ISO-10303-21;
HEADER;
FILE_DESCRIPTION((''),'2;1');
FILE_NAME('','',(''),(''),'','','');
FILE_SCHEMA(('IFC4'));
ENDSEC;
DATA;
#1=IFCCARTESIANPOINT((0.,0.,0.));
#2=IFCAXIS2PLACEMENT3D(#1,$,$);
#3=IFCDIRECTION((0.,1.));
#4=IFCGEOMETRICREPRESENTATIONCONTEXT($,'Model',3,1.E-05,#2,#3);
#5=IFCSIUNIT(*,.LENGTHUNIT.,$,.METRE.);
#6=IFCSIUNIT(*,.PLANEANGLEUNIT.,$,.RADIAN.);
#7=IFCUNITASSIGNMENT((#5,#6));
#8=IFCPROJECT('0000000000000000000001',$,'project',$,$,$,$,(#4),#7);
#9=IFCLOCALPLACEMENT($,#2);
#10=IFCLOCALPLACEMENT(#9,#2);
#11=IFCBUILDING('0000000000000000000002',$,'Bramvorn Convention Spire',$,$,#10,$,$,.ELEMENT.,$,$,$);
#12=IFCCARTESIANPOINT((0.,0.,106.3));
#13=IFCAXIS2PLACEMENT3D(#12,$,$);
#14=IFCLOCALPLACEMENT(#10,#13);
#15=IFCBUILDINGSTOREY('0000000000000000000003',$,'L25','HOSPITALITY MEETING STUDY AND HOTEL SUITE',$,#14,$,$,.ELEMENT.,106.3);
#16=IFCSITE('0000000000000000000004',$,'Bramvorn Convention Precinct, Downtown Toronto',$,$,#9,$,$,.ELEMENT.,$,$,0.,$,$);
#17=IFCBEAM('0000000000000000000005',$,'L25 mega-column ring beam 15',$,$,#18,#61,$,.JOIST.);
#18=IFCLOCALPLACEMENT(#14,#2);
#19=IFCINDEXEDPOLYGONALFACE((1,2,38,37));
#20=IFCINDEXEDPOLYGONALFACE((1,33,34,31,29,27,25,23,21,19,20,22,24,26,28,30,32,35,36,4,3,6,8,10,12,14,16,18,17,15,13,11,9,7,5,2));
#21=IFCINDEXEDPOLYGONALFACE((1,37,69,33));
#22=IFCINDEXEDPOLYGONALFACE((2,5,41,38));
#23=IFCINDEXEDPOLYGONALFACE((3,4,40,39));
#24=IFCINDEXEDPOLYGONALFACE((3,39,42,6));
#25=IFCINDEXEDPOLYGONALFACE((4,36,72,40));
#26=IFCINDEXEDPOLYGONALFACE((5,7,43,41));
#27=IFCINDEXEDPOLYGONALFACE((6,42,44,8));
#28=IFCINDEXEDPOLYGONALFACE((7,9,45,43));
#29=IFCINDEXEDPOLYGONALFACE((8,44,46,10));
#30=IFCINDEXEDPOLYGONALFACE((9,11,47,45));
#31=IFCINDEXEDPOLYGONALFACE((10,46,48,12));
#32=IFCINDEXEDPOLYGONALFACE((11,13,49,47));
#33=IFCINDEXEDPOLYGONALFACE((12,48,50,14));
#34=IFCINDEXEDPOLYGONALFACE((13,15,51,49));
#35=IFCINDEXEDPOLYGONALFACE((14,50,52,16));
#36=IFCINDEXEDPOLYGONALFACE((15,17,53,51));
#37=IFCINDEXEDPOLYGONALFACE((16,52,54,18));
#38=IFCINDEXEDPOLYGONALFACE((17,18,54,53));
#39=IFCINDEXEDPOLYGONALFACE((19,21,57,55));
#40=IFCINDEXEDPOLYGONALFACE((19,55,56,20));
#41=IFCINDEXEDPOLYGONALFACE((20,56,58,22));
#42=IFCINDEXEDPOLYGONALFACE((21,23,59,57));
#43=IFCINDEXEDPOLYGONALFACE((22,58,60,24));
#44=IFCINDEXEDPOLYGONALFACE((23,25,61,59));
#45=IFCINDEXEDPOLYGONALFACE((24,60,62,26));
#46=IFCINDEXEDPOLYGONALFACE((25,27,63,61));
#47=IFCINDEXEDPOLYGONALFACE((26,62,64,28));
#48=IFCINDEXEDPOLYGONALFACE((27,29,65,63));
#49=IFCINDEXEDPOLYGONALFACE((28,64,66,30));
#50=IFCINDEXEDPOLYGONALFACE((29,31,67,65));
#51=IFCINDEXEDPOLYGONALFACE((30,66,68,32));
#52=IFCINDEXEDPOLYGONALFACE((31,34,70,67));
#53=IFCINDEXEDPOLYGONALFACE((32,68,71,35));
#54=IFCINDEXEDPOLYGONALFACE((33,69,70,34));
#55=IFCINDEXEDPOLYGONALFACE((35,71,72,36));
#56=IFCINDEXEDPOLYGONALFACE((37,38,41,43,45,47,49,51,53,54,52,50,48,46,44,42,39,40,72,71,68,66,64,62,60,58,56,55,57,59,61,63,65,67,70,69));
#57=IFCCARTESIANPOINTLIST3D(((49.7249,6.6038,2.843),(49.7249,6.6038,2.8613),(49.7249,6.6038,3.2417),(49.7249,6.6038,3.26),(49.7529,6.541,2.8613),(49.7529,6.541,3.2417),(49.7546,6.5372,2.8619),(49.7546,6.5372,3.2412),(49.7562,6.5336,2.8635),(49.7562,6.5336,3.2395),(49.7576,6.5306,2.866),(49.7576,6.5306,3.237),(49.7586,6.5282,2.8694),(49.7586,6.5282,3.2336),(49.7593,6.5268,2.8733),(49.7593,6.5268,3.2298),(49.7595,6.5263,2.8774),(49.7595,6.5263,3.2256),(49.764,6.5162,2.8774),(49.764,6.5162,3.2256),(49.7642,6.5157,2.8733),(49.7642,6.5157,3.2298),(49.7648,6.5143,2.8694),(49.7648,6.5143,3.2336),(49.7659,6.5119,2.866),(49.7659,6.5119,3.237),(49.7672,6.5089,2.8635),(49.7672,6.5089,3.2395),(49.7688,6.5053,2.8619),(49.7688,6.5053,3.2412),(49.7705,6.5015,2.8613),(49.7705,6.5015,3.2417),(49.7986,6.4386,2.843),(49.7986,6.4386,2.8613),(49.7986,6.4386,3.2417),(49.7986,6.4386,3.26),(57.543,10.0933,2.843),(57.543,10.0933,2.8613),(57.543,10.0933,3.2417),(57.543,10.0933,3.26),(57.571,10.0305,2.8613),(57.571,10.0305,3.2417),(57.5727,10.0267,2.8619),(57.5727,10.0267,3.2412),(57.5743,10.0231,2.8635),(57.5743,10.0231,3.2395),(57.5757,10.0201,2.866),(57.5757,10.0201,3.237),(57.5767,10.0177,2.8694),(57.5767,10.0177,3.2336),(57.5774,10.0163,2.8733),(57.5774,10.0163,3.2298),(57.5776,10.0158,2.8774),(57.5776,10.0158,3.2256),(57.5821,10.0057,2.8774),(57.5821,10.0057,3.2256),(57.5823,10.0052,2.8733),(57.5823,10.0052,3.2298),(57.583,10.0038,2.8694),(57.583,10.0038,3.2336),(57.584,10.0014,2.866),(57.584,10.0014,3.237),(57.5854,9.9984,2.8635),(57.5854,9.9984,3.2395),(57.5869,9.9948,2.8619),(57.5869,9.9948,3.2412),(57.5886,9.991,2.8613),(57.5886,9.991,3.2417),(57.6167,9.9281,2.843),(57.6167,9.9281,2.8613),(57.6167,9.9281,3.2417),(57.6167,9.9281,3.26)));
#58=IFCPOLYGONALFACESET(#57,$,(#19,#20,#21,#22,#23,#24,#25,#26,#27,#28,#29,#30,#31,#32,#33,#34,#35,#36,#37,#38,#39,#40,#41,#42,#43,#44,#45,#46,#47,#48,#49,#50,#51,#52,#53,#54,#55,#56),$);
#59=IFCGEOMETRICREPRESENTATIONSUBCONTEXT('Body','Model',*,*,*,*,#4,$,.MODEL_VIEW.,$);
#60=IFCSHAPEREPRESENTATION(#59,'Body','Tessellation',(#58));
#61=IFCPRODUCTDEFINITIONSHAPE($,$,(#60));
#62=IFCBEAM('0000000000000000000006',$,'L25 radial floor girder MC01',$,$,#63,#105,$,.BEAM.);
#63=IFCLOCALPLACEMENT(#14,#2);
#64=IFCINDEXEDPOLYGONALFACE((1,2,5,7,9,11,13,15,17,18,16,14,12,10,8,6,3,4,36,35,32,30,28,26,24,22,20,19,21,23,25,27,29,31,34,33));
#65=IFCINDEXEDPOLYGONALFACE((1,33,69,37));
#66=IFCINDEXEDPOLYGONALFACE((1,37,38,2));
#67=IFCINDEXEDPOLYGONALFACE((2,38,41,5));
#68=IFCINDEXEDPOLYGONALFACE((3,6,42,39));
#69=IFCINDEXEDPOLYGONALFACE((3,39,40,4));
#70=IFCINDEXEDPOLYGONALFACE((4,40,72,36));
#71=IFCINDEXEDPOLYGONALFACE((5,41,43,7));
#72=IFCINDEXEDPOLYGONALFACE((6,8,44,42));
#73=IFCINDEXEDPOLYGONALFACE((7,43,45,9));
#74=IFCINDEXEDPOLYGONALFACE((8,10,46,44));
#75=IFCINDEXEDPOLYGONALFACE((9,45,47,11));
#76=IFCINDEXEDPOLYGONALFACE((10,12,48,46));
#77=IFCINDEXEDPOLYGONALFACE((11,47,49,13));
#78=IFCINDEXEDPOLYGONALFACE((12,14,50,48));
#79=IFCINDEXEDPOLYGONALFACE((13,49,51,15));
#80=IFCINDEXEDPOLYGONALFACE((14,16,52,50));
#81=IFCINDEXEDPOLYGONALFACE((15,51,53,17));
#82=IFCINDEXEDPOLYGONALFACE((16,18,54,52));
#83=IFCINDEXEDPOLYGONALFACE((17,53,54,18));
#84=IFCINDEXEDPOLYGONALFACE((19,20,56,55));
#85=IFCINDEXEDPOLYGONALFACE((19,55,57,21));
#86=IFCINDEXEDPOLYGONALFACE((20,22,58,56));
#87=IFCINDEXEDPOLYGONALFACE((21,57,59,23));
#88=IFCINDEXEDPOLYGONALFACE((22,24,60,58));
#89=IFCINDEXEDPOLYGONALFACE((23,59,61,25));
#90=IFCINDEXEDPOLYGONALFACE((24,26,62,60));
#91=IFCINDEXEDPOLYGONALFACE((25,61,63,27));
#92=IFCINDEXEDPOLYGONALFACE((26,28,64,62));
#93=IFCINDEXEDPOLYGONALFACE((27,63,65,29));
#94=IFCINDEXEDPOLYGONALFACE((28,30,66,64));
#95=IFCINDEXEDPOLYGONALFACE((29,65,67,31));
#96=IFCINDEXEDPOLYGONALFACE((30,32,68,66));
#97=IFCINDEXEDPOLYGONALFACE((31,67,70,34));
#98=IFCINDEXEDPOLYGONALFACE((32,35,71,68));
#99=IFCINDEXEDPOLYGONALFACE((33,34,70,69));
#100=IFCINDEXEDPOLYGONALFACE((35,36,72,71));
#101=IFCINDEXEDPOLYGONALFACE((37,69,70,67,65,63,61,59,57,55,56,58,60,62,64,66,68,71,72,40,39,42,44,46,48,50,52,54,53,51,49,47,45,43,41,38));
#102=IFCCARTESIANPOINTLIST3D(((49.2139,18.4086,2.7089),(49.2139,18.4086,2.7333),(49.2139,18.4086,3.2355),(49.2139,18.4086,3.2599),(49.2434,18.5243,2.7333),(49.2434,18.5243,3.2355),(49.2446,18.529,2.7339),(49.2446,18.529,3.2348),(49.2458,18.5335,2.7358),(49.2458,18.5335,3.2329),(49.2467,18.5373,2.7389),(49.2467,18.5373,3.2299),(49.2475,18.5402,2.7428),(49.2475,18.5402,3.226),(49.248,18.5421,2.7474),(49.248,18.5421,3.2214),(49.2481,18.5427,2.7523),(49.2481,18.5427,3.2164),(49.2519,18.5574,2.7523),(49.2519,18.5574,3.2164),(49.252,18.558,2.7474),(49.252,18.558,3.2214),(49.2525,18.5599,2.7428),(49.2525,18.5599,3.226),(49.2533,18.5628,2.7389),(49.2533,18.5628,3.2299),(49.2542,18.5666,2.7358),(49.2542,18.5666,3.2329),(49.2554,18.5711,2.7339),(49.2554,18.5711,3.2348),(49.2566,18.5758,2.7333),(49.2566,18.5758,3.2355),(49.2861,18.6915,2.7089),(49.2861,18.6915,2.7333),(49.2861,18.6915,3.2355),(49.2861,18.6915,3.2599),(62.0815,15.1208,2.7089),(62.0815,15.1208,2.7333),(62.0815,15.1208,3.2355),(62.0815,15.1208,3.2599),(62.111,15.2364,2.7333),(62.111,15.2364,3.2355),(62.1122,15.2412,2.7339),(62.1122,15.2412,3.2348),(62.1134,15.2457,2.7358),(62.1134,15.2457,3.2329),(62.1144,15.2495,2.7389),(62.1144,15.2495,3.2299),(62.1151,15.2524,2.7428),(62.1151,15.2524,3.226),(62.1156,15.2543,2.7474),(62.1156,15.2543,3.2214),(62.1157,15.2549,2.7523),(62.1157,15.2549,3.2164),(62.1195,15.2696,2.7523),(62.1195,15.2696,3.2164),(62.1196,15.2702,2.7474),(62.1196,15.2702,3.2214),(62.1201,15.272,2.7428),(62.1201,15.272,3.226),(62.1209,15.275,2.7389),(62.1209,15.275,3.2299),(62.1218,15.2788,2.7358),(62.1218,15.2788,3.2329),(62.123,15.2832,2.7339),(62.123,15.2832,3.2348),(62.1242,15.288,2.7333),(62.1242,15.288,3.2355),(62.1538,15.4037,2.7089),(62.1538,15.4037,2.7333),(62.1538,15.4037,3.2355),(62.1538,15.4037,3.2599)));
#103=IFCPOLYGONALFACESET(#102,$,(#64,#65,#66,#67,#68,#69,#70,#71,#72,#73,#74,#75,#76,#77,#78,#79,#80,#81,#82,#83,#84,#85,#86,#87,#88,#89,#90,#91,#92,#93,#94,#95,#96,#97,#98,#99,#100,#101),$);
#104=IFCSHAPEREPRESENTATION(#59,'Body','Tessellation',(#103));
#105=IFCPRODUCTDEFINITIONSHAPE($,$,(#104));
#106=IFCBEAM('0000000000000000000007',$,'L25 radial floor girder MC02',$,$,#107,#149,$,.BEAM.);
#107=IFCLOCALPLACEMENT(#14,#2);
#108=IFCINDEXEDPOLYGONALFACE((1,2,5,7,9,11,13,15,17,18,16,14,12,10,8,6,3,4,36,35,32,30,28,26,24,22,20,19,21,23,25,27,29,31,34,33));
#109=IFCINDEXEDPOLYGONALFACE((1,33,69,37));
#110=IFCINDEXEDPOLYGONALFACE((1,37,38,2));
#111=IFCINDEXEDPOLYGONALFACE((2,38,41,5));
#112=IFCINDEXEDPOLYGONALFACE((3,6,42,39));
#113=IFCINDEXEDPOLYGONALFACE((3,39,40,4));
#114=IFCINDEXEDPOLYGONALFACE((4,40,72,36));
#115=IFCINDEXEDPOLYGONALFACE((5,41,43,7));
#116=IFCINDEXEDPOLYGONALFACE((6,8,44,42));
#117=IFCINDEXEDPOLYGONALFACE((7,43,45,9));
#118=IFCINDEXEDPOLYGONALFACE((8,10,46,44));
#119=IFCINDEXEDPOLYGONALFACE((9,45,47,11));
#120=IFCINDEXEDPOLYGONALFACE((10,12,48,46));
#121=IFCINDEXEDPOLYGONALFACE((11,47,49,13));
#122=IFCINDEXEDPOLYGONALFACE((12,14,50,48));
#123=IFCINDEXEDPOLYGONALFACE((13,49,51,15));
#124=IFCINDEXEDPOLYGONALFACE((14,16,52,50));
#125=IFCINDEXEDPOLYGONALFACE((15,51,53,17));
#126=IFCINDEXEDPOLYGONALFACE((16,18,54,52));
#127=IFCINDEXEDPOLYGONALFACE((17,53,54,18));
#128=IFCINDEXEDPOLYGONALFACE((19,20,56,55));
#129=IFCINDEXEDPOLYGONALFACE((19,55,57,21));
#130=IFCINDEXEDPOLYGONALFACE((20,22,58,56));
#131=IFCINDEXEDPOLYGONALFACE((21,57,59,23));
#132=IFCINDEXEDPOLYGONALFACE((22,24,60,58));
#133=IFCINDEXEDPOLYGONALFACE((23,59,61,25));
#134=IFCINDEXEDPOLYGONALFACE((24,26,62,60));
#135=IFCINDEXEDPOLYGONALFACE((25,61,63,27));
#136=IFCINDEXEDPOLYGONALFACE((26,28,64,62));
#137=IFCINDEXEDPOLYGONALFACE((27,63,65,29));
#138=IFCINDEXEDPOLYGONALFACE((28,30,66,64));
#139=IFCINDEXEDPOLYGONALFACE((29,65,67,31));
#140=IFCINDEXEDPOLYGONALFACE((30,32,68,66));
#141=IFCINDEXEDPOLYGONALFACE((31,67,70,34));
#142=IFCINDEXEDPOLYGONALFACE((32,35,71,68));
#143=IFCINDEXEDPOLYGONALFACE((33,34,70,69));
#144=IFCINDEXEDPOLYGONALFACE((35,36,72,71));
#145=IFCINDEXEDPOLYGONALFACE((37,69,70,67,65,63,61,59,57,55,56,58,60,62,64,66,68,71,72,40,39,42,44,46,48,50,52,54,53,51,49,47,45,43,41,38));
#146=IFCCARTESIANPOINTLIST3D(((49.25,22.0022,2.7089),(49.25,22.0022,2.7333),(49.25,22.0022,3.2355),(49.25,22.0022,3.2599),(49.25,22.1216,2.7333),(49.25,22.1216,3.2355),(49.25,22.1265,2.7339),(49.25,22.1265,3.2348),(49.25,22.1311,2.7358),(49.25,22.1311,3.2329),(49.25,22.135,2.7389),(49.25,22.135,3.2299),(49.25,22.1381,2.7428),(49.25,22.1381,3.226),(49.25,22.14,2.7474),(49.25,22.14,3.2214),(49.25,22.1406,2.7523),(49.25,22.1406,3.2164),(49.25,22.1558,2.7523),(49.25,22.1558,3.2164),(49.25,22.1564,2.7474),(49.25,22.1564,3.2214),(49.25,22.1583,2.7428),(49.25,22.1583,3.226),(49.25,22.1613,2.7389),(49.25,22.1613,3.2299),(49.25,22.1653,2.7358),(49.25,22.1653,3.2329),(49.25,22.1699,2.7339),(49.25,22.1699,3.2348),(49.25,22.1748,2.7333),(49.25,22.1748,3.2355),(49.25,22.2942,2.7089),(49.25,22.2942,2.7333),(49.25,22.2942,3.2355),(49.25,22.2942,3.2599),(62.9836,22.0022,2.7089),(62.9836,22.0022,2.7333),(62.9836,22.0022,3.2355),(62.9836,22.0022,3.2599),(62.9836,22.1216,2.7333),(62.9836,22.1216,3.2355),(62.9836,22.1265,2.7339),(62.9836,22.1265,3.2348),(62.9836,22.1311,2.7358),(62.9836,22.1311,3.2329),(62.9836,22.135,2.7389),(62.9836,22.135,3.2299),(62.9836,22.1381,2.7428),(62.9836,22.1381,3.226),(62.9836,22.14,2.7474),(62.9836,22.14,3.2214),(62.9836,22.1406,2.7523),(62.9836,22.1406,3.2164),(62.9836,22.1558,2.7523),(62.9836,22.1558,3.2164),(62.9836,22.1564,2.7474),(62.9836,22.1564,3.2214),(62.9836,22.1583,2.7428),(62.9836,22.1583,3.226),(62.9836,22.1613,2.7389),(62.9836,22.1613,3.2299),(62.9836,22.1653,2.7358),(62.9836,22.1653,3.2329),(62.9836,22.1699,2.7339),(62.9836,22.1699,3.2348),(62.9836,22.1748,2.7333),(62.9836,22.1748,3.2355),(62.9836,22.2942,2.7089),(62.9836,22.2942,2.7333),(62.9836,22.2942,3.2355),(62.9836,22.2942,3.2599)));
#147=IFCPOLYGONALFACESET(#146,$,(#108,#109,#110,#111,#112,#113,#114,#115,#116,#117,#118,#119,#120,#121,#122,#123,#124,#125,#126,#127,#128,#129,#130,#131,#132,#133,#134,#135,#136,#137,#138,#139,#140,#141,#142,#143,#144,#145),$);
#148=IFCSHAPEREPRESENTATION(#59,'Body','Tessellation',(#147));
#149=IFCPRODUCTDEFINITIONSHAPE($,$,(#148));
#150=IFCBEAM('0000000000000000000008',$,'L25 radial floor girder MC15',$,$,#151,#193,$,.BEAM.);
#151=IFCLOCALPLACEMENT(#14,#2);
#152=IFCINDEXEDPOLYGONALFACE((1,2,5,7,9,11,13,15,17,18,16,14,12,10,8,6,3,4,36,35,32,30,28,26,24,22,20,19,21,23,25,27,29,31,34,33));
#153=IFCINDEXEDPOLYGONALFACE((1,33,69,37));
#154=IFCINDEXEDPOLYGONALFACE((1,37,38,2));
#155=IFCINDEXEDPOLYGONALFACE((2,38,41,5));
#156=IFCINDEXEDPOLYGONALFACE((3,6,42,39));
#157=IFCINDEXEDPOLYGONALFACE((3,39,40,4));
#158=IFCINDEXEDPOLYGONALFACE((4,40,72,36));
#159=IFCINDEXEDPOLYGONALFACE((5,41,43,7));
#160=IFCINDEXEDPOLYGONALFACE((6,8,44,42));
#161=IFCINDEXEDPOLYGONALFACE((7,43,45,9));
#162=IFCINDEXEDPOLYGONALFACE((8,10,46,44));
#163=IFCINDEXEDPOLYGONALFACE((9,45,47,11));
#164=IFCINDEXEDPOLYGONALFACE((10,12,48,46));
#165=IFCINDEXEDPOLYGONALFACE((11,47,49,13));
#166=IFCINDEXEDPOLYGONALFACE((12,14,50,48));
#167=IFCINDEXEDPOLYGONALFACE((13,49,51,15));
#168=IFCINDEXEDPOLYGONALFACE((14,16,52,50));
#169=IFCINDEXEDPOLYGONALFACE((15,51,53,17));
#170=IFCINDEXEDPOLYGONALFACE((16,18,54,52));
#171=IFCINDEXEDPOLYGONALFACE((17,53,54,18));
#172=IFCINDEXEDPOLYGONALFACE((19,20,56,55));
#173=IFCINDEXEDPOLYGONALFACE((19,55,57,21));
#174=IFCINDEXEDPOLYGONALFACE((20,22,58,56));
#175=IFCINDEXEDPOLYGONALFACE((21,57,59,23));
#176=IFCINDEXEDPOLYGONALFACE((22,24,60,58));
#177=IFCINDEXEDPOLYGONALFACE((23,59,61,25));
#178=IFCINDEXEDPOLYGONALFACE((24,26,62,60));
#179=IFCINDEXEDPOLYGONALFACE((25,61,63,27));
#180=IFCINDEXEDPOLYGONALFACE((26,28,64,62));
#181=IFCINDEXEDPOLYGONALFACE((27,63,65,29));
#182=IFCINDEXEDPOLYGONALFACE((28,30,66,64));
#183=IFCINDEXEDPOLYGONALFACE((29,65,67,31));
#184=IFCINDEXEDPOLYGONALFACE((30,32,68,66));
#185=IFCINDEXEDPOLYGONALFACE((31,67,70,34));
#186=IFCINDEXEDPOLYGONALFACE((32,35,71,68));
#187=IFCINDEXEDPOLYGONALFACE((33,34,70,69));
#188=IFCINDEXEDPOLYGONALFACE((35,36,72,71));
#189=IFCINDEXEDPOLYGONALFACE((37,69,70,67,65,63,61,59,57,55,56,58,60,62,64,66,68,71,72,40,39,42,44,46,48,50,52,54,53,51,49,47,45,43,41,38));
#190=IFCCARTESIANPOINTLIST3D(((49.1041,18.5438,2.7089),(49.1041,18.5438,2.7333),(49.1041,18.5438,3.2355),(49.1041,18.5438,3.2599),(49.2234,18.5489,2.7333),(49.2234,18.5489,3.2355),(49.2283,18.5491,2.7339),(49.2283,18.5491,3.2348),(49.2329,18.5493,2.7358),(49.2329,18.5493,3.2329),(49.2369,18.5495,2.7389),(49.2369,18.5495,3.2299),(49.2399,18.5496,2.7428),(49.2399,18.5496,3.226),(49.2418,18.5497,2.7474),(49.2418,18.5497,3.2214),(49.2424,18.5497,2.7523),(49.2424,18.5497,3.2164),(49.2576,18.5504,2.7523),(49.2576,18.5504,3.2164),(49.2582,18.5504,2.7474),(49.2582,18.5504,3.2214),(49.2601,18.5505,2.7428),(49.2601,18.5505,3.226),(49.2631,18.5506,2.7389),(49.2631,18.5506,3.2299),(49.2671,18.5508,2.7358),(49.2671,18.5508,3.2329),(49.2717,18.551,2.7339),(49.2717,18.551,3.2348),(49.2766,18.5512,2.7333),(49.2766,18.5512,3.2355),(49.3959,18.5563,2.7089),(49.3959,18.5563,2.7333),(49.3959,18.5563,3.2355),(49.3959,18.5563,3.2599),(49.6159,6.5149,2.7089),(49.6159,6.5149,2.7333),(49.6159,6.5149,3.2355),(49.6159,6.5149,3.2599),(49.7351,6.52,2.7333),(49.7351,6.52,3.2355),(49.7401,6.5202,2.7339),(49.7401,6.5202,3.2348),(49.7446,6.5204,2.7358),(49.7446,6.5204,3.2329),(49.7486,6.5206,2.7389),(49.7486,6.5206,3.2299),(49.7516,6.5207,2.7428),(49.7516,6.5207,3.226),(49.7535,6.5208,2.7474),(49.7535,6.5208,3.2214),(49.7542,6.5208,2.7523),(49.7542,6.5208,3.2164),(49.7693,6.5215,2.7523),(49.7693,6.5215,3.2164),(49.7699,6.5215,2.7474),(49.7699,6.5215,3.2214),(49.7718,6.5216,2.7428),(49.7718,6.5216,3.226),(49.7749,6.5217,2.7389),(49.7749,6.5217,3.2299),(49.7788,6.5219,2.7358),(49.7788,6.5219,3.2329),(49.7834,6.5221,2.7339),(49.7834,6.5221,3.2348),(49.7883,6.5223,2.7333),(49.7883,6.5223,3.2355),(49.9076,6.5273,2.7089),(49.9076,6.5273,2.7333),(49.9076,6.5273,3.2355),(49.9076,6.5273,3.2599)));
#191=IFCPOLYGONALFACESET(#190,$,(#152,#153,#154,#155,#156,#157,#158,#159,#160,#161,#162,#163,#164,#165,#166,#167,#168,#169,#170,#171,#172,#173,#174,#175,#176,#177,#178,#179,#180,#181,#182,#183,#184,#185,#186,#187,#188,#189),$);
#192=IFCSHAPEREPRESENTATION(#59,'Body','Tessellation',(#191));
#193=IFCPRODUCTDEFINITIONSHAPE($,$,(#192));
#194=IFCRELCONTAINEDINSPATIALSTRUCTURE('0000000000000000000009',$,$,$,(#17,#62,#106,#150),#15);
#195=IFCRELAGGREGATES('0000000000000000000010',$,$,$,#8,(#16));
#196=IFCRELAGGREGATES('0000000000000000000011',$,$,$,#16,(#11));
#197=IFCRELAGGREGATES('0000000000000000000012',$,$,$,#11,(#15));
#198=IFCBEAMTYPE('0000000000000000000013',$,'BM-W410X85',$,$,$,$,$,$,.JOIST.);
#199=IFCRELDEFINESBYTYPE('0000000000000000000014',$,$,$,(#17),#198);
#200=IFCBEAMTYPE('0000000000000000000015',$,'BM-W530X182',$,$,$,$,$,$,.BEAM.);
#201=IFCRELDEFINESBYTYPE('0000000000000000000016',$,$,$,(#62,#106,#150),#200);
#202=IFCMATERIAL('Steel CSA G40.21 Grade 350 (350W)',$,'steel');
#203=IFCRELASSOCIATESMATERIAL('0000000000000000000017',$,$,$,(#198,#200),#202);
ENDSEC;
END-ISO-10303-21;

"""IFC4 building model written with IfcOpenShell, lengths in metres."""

from ifc_helpers import new_model, si_unit, direction, frame, origin, origin_2d, place, context, subcontext, project, spatial, i_section, extrude, material, material_profile, profile_set, type_object, element, save


model = new_model("IFC4")

# Units and contexts
model_context = context("Model", 3, precision=1e-05, world=origin(), true_north=direction((0.0, 1.0)))
body_context = subcontext(model_context, "Body", "Model", "MODEL_VIEW")
ifc_project = project(units=[si_unit("LENGTHUNIT", "METRE"), si_unit("PLANEANGLEUNIT", "RADIAN")], contexts=[model_context])

# Site, building, storey
site_placement = place(None, origin())
site = spatial("IfcSite", under=ifc_project, at=site_placement, Name="Bramvorn Convention Precinct, Downtown Toronto", CompositionType="ELEMENT", RefElevation=0.0)
building_placement = place(site_placement, origin())
building = spatial("IfcBuilding", under=site, at=building_placement, Name="Bramvorn Convention Spire", CompositionType="ELEMENT")
storey_placement = place(building_placement, frame((0.0, 0.0, 106.3)))
storey = spatial("IfcBuildingStorey", under=building, at=storey_placement, Name="L25", Description="HOSPITALITY MEETING STUDY AND HOTEL SUITE", CompositionType="ELEMENT", Elevation=106.3)

# Shared definitions
ifc_material_1 = material(Name="Steel CSA G40.21 Grade 350 (350W)", Category="steel")

# Beams
ifc_material_profile_1 = material_profile(ifc_material_1, i_section(OverallWidth=0.1809, OverallDepth=0.417, WebThickness=0.011, FlangeThickness=0.0183, FilletRadius=0.0161, at=origin_2d()))
ifc_profile_set_1 = profile_set([ifc_material_profile_1], Name="Steel CSA G40.21 Grade 350 (350W) - W410X85")
beam_type_1 = type_object("IfcBeamType", Name="BM-W410X85", PredefinedType="JOIST", material=ifc_profile_set_1)
beam_1_placement = place(storey_placement, frame((49.7617, 6.5212, 3.0515), z_axis=(0.91317, 0.40758, 0.0), x_axis=(-0.40758, 0.91317, 0.0)))
element("IfcBeam", 1, at=beam_1_placement, inside=storey, type_object=beam_type_1, Name="L25 mega-column ring beam 15", PredefinedType="JOIST", context=body_context, shape_type="SweptSolid", body=[
    extrude(i_section(OverallWidth=0.1809, OverallDepth=0.417, WebThickness=0.011, FlangeThickness=0.0183, FilletRadius=0.0161, at=origin_2d()), origin(), (0.0, 0.0, 1.0), 8.5615),
])
ifc_material_profile_2 = material_profile(ifc_material_1, i_section(OverallWidth=0.292, OverallDepth=0.551, WebThickness=0.0151, FlangeThickness=0.0244, FilletRadius=0.019, at=origin_2d()))
ifc_profile_set_2 = profile_set([ifc_material_profile_2], Name="Steel CSA G40.21 Grade 350 (350W) - W530X182")
beam_type_2 = type_object("IfcBeamType", Name="BM-W530X182", PredefinedType="BEAM", material=ifc_profile_set_2)
beam_2_placement = place(storey_placement, frame((49.25, 18.55, 2.9844), z_axis=(0.968873, -0.247558, 0.0), x_axis=(0.247558, 0.968873, 0.0)))
element("IfcBeam", 2, at=beam_2_placement, inside=storey, type_object=beam_type_2, Name="L25 radial floor girder MC01", PredefinedType="BEAM", context=body_context, shape_type="SweptSolid", body=[
    extrude(i_section(OverallWidth=0.292, OverallDepth=0.551, WebThickness=0.0151, FlangeThickness=0.0244, FilletRadius=0.019, at=origin_2d()), origin(), (0.0, 0.0, 1.0), 13.281),
])
beam_3_placement = place(storey_placement, frame((49.25, 22.1482, 2.9844), z_axis=(1.0, 0.0, 0.0), x_axis=(0.0, 1.0, 0.0)))
element("IfcBeam", 3, at=beam_3_placement, inside=storey, type_object=beam_type_2, Name="L25 radial floor girder MC02", PredefinedType="BEAM", context=body_context, shape_type="SweptSolid", body=[
    extrude(i_section(OverallWidth=0.292, OverallDepth=0.551, WebThickness=0.0151, FlangeThickness=0.0244, FilletRadius=0.019, at=origin_2d()), origin(), (0.0, 0.0, 1.0), 13.7336),
])
beam_4_placement = place(storey_placement, frame((49.25, 18.55, 2.9844), z_axis=(0.042503, -0.999096, 0.0), x_axis=(0.999096, 0.042503, 0.0)))
element("IfcBeam", 4, at=beam_4_placement, inside=storey, type_object=beam_type_2, Name="L25 radial floor girder MC15", PredefinedType="BEAM", context=body_context, shape_type="SweptSolid", body=[
    extrude(i_section(OverallWidth=0.292, OverallDepth=0.551, WebThickness=0.0151, FlangeThickness=0.0244, FilletRadius=0.019, at=origin_2d()), origin(), (0.0, 0.0, 1.0), 12.0398),
])

save(model, "model.ifc")
